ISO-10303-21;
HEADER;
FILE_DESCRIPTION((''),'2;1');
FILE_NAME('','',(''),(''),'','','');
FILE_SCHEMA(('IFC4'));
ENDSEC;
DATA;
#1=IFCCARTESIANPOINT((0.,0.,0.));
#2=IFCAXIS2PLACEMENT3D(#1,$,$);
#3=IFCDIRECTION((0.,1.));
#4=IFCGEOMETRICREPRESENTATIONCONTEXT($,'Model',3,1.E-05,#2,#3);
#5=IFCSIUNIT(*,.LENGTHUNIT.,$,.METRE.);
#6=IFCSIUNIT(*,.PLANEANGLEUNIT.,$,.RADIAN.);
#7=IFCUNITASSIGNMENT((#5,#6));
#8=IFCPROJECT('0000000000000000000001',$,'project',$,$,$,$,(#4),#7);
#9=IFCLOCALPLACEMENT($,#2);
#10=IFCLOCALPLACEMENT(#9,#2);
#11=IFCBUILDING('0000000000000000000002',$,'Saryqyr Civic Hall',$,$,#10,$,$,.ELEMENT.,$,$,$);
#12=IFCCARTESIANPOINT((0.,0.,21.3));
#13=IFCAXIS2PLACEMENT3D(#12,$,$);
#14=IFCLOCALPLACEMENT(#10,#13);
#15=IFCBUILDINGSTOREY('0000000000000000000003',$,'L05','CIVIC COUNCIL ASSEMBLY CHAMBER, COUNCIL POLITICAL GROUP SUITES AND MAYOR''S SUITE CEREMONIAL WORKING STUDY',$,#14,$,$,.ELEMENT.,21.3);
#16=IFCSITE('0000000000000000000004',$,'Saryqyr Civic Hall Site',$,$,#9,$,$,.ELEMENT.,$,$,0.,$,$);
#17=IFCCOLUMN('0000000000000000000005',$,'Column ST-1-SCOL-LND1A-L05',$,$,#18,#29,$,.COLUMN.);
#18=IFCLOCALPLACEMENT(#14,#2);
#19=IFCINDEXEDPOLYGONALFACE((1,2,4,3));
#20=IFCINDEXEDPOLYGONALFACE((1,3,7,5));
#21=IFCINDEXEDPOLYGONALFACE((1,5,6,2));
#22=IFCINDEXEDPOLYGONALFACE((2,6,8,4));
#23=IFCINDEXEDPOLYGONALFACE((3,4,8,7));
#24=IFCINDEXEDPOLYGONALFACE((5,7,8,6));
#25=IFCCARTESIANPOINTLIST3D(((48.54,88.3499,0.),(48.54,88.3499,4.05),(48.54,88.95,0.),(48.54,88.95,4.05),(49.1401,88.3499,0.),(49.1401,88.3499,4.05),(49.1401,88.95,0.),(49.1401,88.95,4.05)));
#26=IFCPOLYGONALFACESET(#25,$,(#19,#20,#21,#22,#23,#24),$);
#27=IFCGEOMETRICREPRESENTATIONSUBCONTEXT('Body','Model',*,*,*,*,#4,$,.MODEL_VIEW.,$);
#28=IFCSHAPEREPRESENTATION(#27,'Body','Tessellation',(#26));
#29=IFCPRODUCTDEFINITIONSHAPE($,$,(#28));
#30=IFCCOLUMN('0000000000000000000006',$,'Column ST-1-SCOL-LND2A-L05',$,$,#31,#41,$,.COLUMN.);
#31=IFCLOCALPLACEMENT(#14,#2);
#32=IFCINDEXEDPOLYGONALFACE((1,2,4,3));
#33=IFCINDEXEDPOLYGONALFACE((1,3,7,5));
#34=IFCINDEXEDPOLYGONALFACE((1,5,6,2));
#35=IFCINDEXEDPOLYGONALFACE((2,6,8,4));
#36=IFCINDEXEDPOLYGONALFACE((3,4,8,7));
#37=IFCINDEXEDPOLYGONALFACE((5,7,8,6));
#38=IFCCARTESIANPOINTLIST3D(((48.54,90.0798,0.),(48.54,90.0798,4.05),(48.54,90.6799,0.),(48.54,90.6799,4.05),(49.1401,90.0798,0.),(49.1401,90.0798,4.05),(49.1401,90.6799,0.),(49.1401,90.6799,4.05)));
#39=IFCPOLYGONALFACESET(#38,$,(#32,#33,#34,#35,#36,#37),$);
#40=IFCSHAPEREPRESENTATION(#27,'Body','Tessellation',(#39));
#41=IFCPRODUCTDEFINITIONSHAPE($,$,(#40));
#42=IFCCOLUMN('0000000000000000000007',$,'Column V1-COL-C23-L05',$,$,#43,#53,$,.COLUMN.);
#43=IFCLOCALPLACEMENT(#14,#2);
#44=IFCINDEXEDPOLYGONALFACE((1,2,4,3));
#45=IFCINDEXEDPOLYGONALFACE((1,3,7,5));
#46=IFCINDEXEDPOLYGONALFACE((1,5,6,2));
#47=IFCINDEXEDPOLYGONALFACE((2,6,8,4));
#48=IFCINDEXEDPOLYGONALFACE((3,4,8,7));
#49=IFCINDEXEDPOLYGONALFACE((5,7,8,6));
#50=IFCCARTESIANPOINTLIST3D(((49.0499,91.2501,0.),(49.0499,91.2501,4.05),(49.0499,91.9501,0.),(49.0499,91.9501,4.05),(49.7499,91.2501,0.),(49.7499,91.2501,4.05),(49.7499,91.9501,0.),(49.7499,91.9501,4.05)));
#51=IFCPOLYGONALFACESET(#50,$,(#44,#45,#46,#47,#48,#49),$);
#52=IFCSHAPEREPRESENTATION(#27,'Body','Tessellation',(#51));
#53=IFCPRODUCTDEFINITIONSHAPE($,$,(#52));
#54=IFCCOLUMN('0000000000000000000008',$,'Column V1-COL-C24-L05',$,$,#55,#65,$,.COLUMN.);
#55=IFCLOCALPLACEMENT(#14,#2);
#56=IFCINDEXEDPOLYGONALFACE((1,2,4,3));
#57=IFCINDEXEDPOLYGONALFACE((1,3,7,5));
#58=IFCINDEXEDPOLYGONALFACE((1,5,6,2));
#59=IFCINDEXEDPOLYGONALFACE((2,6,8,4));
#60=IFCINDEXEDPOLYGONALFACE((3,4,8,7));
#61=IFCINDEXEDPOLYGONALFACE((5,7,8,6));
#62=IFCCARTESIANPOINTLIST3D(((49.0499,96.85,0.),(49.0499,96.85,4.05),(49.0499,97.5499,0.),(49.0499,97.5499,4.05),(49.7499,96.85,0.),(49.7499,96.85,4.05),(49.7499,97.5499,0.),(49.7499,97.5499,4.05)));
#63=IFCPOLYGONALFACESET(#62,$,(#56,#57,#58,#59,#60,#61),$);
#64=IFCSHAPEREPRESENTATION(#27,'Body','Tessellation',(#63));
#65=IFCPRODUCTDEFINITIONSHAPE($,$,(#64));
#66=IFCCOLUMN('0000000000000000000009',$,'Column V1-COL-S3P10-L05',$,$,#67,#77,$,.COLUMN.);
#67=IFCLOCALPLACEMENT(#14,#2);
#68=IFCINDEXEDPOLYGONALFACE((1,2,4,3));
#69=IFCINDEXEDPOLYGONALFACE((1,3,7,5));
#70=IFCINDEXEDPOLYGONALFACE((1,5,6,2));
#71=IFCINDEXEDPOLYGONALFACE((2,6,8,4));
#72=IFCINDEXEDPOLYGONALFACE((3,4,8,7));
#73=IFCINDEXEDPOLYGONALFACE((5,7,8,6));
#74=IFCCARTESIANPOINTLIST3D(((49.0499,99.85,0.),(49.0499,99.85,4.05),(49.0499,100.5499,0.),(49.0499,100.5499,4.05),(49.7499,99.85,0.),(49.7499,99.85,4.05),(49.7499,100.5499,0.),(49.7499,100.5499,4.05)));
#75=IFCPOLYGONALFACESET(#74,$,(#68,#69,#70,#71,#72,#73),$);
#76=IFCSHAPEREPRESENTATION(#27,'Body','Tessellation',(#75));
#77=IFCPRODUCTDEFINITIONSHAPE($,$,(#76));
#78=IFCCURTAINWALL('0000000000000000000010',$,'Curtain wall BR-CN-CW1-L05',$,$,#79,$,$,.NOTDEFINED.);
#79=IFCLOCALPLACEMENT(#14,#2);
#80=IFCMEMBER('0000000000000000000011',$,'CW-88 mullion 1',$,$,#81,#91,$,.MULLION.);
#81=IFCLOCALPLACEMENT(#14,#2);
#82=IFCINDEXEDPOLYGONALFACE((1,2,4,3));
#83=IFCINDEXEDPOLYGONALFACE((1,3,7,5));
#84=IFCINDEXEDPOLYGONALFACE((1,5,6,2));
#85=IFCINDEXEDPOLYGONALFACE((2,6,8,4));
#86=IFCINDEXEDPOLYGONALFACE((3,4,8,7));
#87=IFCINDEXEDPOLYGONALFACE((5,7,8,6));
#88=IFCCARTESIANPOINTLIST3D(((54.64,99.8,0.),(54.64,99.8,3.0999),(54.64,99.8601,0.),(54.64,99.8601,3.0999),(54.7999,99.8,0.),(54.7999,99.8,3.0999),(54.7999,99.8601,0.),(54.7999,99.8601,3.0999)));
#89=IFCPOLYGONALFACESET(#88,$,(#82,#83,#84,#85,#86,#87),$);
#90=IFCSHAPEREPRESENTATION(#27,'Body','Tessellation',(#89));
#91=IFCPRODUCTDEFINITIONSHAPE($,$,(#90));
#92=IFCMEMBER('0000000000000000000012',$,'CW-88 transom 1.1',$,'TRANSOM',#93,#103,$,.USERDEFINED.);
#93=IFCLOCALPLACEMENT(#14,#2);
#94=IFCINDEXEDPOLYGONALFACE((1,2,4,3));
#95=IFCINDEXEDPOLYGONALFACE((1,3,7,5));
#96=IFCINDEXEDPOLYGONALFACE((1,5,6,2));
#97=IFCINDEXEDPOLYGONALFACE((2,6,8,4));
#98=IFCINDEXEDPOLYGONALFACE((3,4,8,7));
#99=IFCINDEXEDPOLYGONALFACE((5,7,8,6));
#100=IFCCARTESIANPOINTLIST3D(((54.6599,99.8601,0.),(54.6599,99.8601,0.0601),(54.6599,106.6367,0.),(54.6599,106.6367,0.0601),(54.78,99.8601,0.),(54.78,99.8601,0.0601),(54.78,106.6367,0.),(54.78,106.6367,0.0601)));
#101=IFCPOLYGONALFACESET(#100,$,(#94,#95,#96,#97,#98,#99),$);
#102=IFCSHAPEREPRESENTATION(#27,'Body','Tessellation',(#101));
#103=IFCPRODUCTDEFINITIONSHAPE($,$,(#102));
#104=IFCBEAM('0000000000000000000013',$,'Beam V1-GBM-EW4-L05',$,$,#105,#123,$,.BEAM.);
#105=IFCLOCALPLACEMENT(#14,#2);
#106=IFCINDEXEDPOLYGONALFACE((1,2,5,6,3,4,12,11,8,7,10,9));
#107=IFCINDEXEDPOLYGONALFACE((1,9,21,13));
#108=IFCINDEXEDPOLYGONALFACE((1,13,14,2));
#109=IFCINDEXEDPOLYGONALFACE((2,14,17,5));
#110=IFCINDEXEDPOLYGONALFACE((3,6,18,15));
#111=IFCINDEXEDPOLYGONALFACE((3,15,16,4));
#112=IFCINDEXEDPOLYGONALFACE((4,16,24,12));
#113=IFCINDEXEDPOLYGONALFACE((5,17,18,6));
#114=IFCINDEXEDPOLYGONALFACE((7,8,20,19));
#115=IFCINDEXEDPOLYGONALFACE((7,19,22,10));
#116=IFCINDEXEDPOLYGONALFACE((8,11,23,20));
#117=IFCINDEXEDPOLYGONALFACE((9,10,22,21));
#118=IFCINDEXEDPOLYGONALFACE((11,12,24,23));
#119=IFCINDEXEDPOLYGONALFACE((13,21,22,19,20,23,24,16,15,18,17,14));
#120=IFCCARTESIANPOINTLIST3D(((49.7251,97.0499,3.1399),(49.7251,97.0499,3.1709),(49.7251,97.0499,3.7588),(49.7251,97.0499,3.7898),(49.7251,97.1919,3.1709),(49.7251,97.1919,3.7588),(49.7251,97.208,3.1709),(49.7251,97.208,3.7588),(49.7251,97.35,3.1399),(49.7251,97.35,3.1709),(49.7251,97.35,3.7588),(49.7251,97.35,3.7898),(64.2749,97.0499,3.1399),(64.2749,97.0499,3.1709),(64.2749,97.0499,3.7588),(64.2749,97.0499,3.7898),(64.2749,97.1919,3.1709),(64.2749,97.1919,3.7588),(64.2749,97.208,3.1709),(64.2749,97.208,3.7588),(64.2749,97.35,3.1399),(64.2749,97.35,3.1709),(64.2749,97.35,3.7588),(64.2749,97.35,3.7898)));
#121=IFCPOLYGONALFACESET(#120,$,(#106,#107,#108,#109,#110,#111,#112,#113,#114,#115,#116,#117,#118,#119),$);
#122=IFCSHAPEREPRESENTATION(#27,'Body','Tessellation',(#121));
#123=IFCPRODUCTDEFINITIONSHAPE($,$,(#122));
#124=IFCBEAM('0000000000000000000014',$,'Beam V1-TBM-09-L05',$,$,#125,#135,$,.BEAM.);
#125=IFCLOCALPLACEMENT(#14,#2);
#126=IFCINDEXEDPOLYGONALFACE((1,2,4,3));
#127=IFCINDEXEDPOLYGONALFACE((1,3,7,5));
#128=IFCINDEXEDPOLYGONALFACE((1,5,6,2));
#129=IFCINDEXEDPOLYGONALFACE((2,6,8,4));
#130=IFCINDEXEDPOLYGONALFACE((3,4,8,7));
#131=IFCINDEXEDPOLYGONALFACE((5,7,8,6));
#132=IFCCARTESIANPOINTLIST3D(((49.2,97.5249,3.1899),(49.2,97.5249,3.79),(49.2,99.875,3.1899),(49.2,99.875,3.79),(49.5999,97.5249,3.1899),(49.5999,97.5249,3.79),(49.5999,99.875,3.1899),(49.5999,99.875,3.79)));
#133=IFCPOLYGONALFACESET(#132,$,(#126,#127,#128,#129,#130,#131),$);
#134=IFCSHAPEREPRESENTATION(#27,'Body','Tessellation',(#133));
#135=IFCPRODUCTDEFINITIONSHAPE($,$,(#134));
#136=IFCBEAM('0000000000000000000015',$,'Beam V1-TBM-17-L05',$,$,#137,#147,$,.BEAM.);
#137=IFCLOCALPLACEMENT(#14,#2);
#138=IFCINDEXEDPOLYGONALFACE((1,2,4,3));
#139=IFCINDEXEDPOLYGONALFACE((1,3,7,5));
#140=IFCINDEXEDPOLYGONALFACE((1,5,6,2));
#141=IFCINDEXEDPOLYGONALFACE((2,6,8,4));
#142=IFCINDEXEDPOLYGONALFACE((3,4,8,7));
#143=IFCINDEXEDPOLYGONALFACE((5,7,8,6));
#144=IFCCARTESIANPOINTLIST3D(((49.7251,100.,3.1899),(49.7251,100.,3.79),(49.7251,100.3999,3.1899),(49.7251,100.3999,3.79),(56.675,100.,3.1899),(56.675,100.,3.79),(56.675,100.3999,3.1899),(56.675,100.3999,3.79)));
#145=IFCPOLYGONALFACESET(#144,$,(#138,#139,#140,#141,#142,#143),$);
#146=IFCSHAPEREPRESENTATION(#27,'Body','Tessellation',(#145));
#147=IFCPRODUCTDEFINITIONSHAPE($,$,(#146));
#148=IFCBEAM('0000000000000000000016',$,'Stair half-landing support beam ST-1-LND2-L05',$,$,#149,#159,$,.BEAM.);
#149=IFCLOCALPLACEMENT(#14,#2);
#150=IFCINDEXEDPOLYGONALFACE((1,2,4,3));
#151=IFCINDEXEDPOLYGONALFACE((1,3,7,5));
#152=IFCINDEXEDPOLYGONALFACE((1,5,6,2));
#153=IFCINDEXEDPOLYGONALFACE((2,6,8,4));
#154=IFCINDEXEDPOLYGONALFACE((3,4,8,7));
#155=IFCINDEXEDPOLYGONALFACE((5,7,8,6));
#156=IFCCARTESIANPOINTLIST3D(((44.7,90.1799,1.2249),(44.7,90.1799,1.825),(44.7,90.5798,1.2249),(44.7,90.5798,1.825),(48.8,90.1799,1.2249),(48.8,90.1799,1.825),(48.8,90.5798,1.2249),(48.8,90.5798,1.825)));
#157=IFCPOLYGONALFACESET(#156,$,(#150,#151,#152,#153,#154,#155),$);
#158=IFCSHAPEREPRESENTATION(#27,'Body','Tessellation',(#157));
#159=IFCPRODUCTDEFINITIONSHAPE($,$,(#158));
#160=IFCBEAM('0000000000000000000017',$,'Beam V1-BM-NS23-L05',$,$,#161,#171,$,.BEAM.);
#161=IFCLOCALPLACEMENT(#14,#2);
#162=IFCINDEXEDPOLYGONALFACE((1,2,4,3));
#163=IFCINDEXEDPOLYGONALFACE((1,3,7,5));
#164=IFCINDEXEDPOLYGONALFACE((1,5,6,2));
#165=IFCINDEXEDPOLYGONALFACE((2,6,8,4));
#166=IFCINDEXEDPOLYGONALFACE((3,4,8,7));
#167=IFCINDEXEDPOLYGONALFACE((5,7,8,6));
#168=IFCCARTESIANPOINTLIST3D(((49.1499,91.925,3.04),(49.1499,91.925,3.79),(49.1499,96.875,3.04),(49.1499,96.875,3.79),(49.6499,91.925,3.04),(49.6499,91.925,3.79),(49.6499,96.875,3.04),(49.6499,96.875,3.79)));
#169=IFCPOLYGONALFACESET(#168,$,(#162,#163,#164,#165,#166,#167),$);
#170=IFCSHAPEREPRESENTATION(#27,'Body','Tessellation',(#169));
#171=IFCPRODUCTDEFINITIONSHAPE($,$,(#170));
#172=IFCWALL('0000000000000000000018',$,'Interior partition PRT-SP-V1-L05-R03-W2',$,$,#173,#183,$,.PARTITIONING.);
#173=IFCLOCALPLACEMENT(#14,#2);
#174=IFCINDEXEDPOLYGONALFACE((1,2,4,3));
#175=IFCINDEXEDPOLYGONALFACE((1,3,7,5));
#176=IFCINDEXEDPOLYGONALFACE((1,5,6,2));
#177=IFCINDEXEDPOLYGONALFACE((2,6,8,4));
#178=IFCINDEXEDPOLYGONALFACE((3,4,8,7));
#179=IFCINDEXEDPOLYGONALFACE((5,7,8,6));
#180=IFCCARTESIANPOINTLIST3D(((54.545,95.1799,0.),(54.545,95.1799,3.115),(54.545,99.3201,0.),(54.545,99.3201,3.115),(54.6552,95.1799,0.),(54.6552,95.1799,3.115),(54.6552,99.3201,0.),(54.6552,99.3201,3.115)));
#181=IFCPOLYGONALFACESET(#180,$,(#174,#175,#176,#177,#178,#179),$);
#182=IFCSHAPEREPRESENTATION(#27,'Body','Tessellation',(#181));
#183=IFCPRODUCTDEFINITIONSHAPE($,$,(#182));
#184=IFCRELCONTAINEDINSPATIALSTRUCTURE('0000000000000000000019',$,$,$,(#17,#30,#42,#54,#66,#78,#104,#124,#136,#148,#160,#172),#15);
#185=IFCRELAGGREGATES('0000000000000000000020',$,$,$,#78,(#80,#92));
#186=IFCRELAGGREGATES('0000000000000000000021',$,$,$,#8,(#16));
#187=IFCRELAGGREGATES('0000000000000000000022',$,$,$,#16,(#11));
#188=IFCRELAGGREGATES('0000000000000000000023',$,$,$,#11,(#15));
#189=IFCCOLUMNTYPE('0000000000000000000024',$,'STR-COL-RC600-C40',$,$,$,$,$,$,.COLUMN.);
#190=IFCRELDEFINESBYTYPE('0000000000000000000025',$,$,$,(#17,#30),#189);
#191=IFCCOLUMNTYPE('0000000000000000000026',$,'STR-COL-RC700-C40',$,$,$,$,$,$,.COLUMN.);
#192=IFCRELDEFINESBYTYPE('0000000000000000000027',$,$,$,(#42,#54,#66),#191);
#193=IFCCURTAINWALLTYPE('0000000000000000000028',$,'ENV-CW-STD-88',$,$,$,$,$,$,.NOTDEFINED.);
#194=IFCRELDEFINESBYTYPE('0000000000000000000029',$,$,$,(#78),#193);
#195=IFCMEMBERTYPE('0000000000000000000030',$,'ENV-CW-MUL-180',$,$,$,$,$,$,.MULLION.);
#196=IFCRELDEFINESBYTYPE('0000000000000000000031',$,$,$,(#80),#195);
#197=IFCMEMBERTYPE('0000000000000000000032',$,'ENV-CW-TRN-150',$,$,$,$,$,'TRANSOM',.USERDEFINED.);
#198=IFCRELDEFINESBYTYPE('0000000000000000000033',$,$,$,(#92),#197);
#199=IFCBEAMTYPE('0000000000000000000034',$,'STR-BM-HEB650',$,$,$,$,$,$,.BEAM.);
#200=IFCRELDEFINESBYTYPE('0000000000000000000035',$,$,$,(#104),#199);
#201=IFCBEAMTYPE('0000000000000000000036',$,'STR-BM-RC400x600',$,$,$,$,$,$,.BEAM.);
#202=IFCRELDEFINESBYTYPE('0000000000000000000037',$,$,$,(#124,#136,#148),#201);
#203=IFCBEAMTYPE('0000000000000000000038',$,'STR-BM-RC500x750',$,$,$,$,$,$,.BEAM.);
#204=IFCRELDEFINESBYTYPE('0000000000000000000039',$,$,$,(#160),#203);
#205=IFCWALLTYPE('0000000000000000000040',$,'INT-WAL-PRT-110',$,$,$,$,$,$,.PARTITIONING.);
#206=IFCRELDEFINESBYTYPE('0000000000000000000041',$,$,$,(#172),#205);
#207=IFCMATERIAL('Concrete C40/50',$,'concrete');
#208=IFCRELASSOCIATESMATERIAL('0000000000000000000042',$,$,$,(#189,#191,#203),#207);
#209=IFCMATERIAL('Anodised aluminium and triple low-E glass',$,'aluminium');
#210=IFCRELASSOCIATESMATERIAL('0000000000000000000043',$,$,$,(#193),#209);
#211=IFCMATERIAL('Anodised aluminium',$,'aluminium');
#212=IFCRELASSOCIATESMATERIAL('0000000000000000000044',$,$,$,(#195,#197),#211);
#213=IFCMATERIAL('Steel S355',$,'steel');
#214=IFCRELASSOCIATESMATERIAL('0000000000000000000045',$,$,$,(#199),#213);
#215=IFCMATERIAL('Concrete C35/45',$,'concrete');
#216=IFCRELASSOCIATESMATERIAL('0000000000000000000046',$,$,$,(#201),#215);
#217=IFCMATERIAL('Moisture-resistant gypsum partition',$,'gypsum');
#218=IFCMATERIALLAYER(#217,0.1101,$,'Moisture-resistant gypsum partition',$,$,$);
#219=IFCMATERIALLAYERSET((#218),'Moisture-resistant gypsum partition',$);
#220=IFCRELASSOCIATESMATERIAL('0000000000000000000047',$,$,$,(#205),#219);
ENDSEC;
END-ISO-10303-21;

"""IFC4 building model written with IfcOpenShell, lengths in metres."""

from ifc_helpers import new_model, si_unit, direction, frame, frame_2d, origin, origin_2d, place, context, subcontext, project, spatial, rectangle, i_section, extrude, material, layer, layer_set, material_profile, profile_set, type_object, element, aggregate, save


model = new_model("IFC4")

# Units and contexts
model_context = context("Model", 3, precision=1e-05, world=origin(), true_north=direction((0.0, 1.0)))
body_context = subcontext(model_context, "Body", "Model", "MODEL_VIEW")
ifc_project = project(units=[si_unit("LENGTHUNIT", "METRE"), si_unit("PLANEANGLEUNIT", "RADIAN")], contexts=[model_context])

# Site, building, storey
site_placement = place(None, origin())
site = spatial("IfcSite", under=ifc_project, at=site_placement, Name="Saryqyr Civic Hall Site", CompositionType="ELEMENT", RefElevation=0.0)
building_placement = place(site_placement, origin())
building = spatial("IfcBuilding", under=site, at=building_placement, Name="Saryqyr Civic Hall", CompositionType="ELEMENT")
storey_placement = place(building_placement, frame((0.0, 0.0, 21.3)))
storey = spatial("IfcBuildingStorey", under=building, at=storey_placement, Name="L05", Description="CIVIC COUNCIL ASSEMBLY CHAMBER, COUNCIL POLITICAL GROUP SUITES AND MAYOR'S SUITE CEREMONIAL WORKING STUDY", CompositionType="ELEMENT", Elevation=21.3)

# Columns
ifc_material_1 = material(Name="Concrete C40/50", Category="concrete")
ifc_material_profile_1 = material_profile(ifc_material_1, rectangle(XDim=0.6001, YDim=0.6001, at=origin_2d()), Name="RC 600x600")
ifc_profile_set_1 = profile_set([ifc_material_profile_1], Name="Concrete C40/50")
column_type_1 = type_object("IfcColumnType", Name="STR-COL-RC600-C40", PredefinedType="COLUMN", material=ifc_profile_set_1)
for number, where, z_axis, x_axis, name in (
    (1, (48.8401, 88.6499, 0.0), (0.0, 0.0, 1.0), (1.0, 0.0, 0.0), "Column ST-1-SCOL-LND1A-L05"),
    (2, (48.8401, 90.3799, 0.0), (0.0, 0.0, 1.0), (1.0, 0.0, 0.0), "Column ST-1-SCOL-LND2A-L05"),
):
    element("IfcColumn", number, at=place(storey_placement, frame(where, z_axis=z_axis, x_axis=x_axis)), inside=storey, type_object=column_type_1, Name=name, PredefinedType="COLUMN", context=body_context, shape_type="SweptSolid", body=[
        extrude(rectangle(XDim=0.6001, YDim=0.6001, at=origin_2d()), origin(), (0.0, 0.0, 1.0), 4.05),
    ])
ifc_material_profile_2 = material_profile(ifc_material_1, rectangle(XDim=0.7, YDim=0.7, at=origin_2d()), Name="RC 700x700")
ifc_profile_set_2 = profile_set([ifc_material_profile_2], Name="Concrete C40/50")
column_type_2 = type_object("IfcColumnType", Name="STR-COL-RC700-C40", PredefinedType="COLUMN", material=ifc_profile_set_2)
for number, where, z_axis, x_axis, name in (
    (3, (49.3999, 91.6001, 0.0), (0.0, 0.0, 1.0), (1.0, 0.0, 0.0), "Column V1-COL-C23-L05"),
    (4, (49.3999, 97.2, 0.0), (0.0, 0.0, 1.0), (1.0, 0.0, 0.0), "Column V1-COL-C24-L05"),
    (5, (49.3999, 100.2, 0.0), (0.0, 0.0, 1.0), (1.0, 0.0, 0.0), "Column V1-COL-S3P10-L05"),
):
    element("IfcColumn", number, at=place(storey_placement, frame(where, z_axis=z_axis, x_axis=x_axis)), inside=storey, type_object=column_type_2, Name=name, PredefinedType="COLUMN", context=body_context, shape_type="SweptSolid", body=[
        extrude(rectangle(XDim=0.7, YDim=0.7, at=origin_2d()), origin(), (0.0, 0.0, 1.0), 4.05),
    ])

# Curtain wall, members
ifc_material_2 = material(Name="Anodised aluminium and triple low-E glass", Category="aluminium")
curtain_wall_type = type_object("IfcCurtainWallType", Name="ENV-CW-STD-88", PredefinedType="NOTDEFINED", material=ifc_material_2)
curtain_wall_placement = place(storey_placement, origin())
curtain_wall = element("IfcCurtainWall", 6, at=curtain_wall_placement, inside=storey, type_object=curtain_wall_type, Name="Curtain wall BR-CN-CW1-L05", PredefinedType="NOTDEFINED")
ifc_material_3 = material(Name="Anodised aluminium", Category="aluminium")
ifc_material_profile_3 = material_profile(ifc_material_3, rectangle(XDim=0.0601, YDim=0.1599, at=origin_2d()), Name="ALU MULLION 60x160")
ifc_profile_set_3 = profile_set([ifc_material_profile_3], Name="Anodised aluminium")
member_type_1 = type_object("IfcMemberType", Name="ENV-CW-MUL-180", PredefinedType="MULLION", material=ifc_profile_set_3)
member_1_placement = place(storey_placement, frame((54.72, 99.8301, 0.0), z_axis=(0.0, 0.0, 1.0), x_axis=(0.0, 1.0, 0.0)))
member_1 = element("IfcMember", 7, at=member_1_placement, type_object=member_type_1, Name="CW-88 mullion 1", PredefinedType="MULLION", context=body_context, shape_type="SweptSolid", body=[
    extrude(rectangle(XDim=0.0601, YDim=0.1599, at=origin_2d()), origin(), (0.0, 0.0, 1.0), 3.0999),
])
ifc_material_profile_4 = material_profile(ifc_material_3, rectangle(XDim=0.1201, YDim=0.0601, at=origin_2d()), Name="ALU TRANSOM 120x60")
ifc_profile_set_4 = profile_set([ifc_material_profile_4], Name="Anodised aluminium")
member_type_2 = type_object("IfcMemberType", Name="ENV-CW-TRN-150", ElementType="TRANSOM", PredefinedType="USERDEFINED", material=ifc_profile_set_4)
member_2_placement = place(storey_placement, frame((54.72, 99.8601, 0.03), z_axis=(0.0, 1.0, 0.0), x_axis=(-1.0, 0.0, 0.0)))
member_2 = element("IfcMember", 8, at=member_2_placement, type_object=member_type_2, Name="CW-88 transom 1.1", ObjectType="TRANSOM", PredefinedType="USERDEFINED", context=body_context, shape_type="SweptSolid", body=[
    extrude(rectangle(XDim=0.1201, YDim=0.0601, at=origin_2d()), origin(), (0.0, 0.0, 1.0), 6.7766),
])
aggregate(curtain_wall, [member_1, member_2])

# Beams
ifc_material_4 = material(Name="Steel S355", Category="steel")
ifc_material_profile_5 = material_profile(ifc_material_4, i_section(OverallWidth=0.3, OverallDepth=0.6499, WebThickness=0.0161, FlangeThickness=0.031, at=origin_2d()), Name="HEB 650")
ifc_profile_set_5 = profile_set([ifc_material_profile_5], Name="Steel S355")
beam_type_1 = type_object("IfcBeamType", Name="STR-BM-HEB650", PredefinedType="BEAM", material=ifc_profile_set_5)
beam_1_placement = place(storey_placement, frame((49.7251, 97.2, 3.4648), z_axis=(1.0, 0.0, 0.0), x_axis=(0.0, 1.0, 0.0)))
element("IfcBeam", 9, at=beam_1_placement, inside=storey, type_object=beam_type_1, Name="Beam V1-GBM-EW4-L05", PredefinedType="BEAM", context=body_context, shape_type="SweptSolid", body=[
    extrude(i_section(OverallWidth=0.3, OverallDepth=0.6499, WebThickness=0.0161, FlangeThickness=0.031, at=origin_2d()), origin(), (0.0, 0.0, 1.0), 14.5498),
])
ifc_material_5 = material(Name="Concrete C35/45", Category="concrete")
ifc_material_profile_6 = material_profile(ifc_material_5, rectangle(XDim=0.3999, YDim=0.6001, at=origin_2d()), Name="RC 400x600")
ifc_profile_set_6 = profile_set([ifc_material_profile_6], Name="Concrete C35/45")
beam_type_2 = type_object("IfcBeamType", Name="STR-BM-RC400x600", PredefinedType="BEAM", material=ifc_profile_set_6)
beam_2_placement = place(storey_placement, frame((49.3999, 97.5249, 3.49), z_axis=(0.0, 1.0, 0.0), x_axis=(-1.0, 0.0, 0.0)))
element("IfcBeam", 10, at=beam_2_placement, inside=storey, type_object=beam_type_2, Name="Beam V1-TBM-09-L05", PredefinedType="BEAM", context=body_context, shape_type="SweptSolid", body=[
    extrude(rectangle(XDim=0.3999, YDim=0.6001, at=origin_2d()), origin(), (0.0, 0.0, 1.0), 2.3501),
])
beam_3_placement = place(storey_placement, frame((49.7251, 100.2, 3.49), z_axis=(1.0, 0.0, 0.0), x_axis=(0.0, 1.0, 0.0)))
element("IfcBeam", 11, at=beam_3_placement, inside=storey, type_object=beam_type_2, Name="Beam V1-TBM-17-L05", PredefinedType="BEAM", context=body_context, shape_type="SweptSolid", body=[
    extrude(rectangle(XDim=0.3999, YDim=0.6001, at=origin_2d()), origin(), (0.0, 0.0, 1.0), 6.95),
])
beam_4_placement = place(storey_placement, frame((48.8, 90.3799, 1.5249), z_axis=(-1.0, 0.0, 0.0), x_axis=(0.0, -1.0, 0.0)))
element("IfcBeam", 12, at=beam_4_placement, inside=storey, type_object=beam_type_2, Name="Stair half-landing support beam ST-1-LND2-L05", PredefinedType="BEAM", context=body_context, shape_type="SweptSolid", body=[
    extrude(rectangle(XDim=0.3999, YDim=0.6001, at=origin_2d()), origin(), (0.0, 0.0, 1.0), 4.1001),
])
ifc_material_profile_7 = material_profile(ifc_material_1, rectangle(XDim=0.5, YDim=0.75, at=origin_2d()), Name="RC 500x750")
ifc_profile_set_7 = profile_set([ifc_material_profile_7], Name="Concrete C40/50")
beam_type_3 = type_object("IfcBeamType", Name="STR-BM-RC500x750", PredefinedType="BEAM", material=ifc_profile_set_7)
beam_5_placement = place(storey_placement, frame((49.3999, 91.925, 3.415), z_axis=(0.0, 1.0, 0.0), x_axis=(-1.0, 0.0, 0.0)))
element("IfcBeam", 13, at=beam_5_placement, inside=storey, type_object=beam_type_3, Name="Beam V1-BM-NS23-L05", PredefinedType="BEAM", context=body_context, shape_type="SweptSolid", body=[
    extrude(rectangle(XDim=0.5, YDim=0.75, at=origin_2d()), origin(), (0.0, 0.0, 1.0), 4.95),
])

# Wall
ifc_material_6 = material(Name="Moisture-resistant gypsum partition", Category="gypsum")
ifc_layer_1 = layer(ifc_material_6, 0.1101, Name="Moisture-resistant gypsum partition")
ifc_layer_set_1 = layer_set([ifc_layer_1], Name="Moisture-resistant gypsum partition")
wall_type_1 = type_object("IfcWallType", Name="INT-WAL-PRT-110", PredefinedType="PARTITIONING", material=ifc_layer_set_1)
wall_1_placement = place(storey_placement, frame((54.6001, 95.1799, 0.0), z_axis=(0.0, 0.0, 1.0), x_axis=(0.0, 1.0, 0.0)))
element("IfcWall", 14, at=wall_1_placement, inside=storey, type_object=wall_type_1, Name="Interior partition PRT-SP-V1-L05-R03-W2", PredefinedType="PARTITIONING", context=body_context, shape_type="SweptSolid", body=[
    extrude(rectangle(XDim=4.1401, YDim=0.1101, at=frame_2d((2.0701, 0.0))), origin(), (0.0, 0.0, 1.0), 3.115),
])

save(model, "model.ifc")
